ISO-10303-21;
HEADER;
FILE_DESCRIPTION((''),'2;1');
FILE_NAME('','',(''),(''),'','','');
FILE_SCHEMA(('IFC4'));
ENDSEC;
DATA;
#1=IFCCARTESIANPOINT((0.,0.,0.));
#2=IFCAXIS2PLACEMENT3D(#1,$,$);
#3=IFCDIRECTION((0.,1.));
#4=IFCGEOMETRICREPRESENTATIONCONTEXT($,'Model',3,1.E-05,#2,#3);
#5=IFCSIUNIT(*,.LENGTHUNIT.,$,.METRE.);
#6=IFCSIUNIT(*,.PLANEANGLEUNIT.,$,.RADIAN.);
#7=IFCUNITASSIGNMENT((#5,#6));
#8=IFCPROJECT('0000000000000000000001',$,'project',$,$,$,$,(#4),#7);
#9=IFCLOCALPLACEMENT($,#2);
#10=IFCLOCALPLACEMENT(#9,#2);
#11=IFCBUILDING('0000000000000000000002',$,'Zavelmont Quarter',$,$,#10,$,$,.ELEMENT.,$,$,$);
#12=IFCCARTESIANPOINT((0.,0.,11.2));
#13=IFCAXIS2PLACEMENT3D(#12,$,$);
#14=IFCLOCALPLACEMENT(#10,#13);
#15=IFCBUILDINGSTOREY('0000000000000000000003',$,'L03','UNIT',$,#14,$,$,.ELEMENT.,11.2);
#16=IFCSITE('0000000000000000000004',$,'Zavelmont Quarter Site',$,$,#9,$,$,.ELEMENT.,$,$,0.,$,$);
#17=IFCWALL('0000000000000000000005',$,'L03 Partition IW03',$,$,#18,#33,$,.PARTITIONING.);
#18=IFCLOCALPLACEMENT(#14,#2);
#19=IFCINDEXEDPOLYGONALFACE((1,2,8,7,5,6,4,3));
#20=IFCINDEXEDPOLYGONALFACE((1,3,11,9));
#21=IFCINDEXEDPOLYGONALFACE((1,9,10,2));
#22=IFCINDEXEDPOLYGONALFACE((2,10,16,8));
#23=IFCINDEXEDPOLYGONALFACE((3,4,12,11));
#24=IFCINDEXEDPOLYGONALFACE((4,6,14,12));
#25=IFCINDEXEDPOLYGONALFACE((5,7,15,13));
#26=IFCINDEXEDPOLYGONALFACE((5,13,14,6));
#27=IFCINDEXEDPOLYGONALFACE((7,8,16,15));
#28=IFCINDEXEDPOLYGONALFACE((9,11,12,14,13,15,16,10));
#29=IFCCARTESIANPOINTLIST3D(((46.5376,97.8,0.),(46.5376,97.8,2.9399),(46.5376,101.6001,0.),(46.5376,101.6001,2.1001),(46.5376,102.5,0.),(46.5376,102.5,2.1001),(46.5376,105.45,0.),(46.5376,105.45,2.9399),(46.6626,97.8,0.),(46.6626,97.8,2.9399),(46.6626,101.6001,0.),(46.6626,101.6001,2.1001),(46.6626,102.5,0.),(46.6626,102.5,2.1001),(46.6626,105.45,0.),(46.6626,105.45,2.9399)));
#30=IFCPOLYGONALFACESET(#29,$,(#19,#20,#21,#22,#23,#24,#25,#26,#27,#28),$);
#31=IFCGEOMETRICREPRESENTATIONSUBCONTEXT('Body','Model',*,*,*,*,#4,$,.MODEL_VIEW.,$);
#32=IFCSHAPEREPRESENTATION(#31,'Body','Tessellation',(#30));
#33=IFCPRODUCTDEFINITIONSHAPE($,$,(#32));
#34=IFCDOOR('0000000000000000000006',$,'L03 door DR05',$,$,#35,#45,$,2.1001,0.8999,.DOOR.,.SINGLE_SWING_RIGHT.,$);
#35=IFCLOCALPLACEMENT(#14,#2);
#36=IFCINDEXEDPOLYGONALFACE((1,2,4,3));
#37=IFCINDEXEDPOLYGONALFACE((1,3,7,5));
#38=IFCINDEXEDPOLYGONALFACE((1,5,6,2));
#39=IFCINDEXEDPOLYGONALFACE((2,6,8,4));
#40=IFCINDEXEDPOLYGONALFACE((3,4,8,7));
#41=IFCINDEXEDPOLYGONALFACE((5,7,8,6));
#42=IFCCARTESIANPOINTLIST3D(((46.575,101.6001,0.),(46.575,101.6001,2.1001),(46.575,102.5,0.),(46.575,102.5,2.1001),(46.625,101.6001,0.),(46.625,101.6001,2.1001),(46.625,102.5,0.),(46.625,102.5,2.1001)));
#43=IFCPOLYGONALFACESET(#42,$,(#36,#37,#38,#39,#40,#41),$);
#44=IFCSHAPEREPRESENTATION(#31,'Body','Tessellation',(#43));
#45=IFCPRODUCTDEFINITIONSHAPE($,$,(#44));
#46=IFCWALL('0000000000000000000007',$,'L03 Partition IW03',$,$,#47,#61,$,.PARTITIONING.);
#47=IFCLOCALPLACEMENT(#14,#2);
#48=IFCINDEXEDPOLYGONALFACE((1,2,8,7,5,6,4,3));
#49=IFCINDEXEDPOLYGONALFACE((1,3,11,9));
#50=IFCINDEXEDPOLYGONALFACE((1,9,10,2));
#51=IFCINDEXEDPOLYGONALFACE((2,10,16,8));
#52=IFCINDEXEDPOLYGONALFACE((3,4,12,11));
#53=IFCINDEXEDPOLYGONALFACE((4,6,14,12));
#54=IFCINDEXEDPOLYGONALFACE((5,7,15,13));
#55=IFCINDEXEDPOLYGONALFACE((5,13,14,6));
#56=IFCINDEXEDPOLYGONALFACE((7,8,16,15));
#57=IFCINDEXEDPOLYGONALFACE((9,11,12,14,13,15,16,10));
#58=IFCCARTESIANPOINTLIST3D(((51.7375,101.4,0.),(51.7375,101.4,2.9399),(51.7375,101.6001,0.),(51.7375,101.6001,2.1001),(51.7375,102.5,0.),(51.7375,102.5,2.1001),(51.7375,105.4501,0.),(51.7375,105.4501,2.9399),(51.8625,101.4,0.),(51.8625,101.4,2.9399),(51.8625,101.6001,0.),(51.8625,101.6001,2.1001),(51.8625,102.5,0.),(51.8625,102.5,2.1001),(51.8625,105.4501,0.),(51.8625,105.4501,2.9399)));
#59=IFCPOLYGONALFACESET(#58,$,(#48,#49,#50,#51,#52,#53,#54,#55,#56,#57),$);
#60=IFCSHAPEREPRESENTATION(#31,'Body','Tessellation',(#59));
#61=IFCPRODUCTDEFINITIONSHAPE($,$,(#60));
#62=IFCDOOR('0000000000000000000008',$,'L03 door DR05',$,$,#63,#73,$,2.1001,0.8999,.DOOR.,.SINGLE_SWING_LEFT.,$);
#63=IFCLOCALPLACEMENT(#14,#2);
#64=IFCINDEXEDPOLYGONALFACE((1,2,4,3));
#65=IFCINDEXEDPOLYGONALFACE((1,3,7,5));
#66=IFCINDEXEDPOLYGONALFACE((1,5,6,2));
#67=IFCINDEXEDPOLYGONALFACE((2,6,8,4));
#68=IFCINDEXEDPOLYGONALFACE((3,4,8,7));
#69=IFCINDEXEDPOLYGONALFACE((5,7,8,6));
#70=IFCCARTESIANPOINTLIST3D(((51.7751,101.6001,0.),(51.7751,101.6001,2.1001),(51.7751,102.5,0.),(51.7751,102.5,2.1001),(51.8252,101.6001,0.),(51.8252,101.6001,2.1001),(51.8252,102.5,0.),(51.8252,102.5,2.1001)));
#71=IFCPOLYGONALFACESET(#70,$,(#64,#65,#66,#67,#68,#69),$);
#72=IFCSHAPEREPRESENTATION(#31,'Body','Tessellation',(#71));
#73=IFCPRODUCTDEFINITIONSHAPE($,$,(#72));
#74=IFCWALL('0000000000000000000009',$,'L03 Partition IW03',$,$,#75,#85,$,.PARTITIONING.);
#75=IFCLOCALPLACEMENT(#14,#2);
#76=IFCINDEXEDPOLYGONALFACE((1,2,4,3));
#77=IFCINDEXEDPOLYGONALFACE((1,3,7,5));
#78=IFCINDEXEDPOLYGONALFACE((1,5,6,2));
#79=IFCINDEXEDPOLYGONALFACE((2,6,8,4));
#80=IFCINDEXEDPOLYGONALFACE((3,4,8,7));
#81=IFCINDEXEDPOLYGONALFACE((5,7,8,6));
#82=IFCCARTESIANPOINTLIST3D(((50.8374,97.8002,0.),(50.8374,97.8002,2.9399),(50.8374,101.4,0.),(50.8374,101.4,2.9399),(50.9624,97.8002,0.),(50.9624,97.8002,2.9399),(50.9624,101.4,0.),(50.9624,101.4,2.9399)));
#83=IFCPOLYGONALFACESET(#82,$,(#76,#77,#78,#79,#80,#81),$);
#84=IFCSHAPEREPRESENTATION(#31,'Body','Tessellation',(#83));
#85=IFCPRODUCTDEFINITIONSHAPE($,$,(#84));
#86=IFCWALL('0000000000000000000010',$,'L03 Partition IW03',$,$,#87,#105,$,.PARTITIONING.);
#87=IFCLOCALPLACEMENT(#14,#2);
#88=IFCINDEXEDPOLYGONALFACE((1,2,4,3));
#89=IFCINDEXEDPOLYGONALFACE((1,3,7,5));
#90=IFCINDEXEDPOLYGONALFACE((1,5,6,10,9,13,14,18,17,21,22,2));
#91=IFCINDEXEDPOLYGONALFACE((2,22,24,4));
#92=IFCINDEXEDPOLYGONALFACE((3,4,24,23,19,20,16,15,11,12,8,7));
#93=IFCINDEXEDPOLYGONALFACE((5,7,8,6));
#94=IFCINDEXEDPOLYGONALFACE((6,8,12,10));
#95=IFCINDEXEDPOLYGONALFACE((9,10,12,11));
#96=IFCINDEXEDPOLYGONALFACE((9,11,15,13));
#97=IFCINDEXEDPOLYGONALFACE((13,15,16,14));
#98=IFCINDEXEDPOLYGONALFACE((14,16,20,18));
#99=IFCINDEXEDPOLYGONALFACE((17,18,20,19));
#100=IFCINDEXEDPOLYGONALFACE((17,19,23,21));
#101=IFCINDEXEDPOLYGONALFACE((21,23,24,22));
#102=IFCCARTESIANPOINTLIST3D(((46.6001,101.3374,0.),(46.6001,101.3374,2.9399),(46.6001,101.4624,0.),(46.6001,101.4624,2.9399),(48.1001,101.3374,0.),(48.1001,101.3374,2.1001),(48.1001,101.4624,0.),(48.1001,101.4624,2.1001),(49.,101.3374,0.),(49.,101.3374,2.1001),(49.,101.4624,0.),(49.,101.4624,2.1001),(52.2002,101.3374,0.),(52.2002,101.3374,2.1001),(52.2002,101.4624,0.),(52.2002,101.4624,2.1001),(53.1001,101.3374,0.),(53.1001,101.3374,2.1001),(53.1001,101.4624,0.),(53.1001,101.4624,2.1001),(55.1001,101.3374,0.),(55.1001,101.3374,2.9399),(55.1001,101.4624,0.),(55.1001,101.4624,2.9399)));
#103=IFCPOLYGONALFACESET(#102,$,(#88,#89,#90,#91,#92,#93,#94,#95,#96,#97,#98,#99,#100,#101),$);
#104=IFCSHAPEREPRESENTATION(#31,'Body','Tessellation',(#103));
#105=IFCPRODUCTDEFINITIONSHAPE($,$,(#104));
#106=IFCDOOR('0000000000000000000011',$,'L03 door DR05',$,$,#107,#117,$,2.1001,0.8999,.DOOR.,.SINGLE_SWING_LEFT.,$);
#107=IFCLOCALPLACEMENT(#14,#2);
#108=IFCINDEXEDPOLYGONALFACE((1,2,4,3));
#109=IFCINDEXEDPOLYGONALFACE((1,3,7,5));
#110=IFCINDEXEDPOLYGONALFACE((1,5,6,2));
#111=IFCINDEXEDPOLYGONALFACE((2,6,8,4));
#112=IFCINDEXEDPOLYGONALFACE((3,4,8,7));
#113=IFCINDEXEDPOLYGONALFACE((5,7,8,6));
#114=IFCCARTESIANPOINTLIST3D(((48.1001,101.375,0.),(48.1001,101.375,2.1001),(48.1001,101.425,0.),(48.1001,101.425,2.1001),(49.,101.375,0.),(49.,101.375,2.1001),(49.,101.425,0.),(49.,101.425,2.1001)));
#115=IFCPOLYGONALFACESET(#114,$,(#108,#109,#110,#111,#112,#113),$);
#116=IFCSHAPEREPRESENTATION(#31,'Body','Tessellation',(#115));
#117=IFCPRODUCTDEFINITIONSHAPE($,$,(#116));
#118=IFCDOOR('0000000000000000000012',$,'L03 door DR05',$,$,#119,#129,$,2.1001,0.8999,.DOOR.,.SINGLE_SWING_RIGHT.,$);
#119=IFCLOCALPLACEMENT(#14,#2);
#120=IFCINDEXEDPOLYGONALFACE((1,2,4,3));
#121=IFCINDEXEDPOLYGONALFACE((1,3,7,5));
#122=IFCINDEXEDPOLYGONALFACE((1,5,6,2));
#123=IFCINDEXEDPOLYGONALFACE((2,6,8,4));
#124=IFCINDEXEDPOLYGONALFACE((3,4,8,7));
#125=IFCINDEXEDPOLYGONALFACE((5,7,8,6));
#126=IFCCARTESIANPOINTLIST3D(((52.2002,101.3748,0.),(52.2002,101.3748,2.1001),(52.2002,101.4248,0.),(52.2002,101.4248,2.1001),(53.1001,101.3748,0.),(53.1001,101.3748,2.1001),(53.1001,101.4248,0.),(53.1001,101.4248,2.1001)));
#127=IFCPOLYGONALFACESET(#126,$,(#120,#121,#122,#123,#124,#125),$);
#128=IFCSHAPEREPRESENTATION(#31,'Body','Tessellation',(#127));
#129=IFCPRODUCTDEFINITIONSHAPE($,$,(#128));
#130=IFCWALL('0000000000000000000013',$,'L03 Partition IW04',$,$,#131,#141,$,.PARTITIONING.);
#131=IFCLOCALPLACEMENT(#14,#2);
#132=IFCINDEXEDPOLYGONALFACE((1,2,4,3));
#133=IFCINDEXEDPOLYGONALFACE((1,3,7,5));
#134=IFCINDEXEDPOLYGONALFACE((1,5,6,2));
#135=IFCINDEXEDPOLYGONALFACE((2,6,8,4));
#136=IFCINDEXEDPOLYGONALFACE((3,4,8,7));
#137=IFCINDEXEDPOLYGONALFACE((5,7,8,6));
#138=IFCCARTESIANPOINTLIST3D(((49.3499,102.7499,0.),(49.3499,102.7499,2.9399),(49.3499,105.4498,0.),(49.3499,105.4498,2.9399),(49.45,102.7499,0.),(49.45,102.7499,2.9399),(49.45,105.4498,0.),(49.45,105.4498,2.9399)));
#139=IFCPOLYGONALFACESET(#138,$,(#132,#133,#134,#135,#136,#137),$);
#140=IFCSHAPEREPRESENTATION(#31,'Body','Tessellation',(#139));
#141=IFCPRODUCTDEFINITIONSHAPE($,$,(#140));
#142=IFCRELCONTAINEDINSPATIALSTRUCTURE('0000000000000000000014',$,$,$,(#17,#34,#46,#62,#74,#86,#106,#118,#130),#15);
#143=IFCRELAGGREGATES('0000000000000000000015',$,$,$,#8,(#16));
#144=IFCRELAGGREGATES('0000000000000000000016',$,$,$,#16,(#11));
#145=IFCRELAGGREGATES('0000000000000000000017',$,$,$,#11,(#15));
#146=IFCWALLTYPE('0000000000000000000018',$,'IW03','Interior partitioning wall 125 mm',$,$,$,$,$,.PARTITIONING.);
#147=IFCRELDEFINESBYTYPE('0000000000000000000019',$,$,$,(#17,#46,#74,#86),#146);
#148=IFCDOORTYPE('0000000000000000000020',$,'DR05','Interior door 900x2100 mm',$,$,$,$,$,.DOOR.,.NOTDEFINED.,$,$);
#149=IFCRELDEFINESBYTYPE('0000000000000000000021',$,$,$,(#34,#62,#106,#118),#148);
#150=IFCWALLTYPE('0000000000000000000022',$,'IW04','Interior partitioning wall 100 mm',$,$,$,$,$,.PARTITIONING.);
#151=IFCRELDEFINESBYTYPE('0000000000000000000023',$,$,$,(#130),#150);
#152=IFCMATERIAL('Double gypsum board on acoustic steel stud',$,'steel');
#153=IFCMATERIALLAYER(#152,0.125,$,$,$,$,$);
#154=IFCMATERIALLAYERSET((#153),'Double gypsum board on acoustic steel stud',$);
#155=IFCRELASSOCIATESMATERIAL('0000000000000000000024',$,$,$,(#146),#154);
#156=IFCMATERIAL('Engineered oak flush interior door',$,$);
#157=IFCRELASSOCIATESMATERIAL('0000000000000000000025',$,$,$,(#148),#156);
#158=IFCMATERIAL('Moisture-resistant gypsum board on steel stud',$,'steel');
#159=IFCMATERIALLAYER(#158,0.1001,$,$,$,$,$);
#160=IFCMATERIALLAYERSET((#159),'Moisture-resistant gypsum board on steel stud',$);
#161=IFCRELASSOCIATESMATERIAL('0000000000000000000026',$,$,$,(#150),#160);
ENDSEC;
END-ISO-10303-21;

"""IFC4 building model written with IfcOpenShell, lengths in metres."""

from ifc_helpers import new_model, si_unit, direction, frame, frame_2d, origin, origin_with_axes, place, context, subcontext, project, spatial, rectangle, extrude, material, layer, layer_set, type_object, element, fill, save


model = new_model("IFC4")

# Units and contexts
model_context = context("Model", 3, precision=1e-05, world=origin(), true_north=direction((0.0, 1.0)))
body_context = subcontext(model_context, "Body", "Model", "MODEL_VIEW")
ifc_project = project(units=[si_unit("LENGTHUNIT", "METRE"), si_unit("PLANEANGLEUNIT", "RADIAN")], contexts=[model_context])

# Site, building, storey
site_placement = place(None, origin())
site = spatial("IfcSite", under=ifc_project, at=site_placement, Name="Zavelmont Quarter Site", CompositionType="ELEMENT", RefElevation=0.0)
building_placement = place(site_placement, origin())
building = spatial("IfcBuilding", under=site, at=building_placement, Name="Zavelmont Quarter", CompositionType="ELEMENT")
storey_placement = place(building_placement, frame((0.0, 0.0, 11.2)))
storey = spatial("IfcBuildingStorey", under=building, at=storey_placement, Name="L03", Description="UNIT", CompositionType="ELEMENT", Elevation=11.2)

# Walls, openings, doors
ifc_material_1 = material(Name="Double gypsum board on acoustic steel stud", Category="steel")
ifc_layer_1 = layer(ifc_material_1, 0.125)
ifc_layer_set_1 = layer_set([ifc_layer_1], Name="Double gypsum board on acoustic steel stud")
wall_type_1 = type_object("IfcWallType", Name="IW03", Description="Interior partitioning wall 125 mm", PredefinedType="PARTITIONING", material=ifc_layer_set_1)
wall_1_placement = place(storey_placement, frame((46.6001, 105.45, 0.0), z_axis=(0.0, 0.0, 1.0), x_axis=(0.0, -1.0, 0.0)))
wall_1 = element("IfcWall", 1, at=wall_1_placement, inside=storey, type_object=wall_type_1, Name="L03 Partition IW03", PredefinedType="PARTITIONING", context=body_context, shape_type="SweptSolid", body=[
    extrude(rectangle(XDim=7.6499, YDim=0.125, at=frame_2d((3.825, 0.0))), origin(), (0.0, 0.0, 1.0), 2.9399),
])
opening_1_placement = place(wall_1_placement, frame((2.95, 0.0, 0.0)))
opening_1 = element("IfcOpeningElement", 2, at=opening_1_placement, cuts=wall_1, PredefinedType="OPENING", context=body_context, shape_type="SweptSolid", body=[
    extrude(rectangle(XDim=0.8999, YDim=2.1001, at=frame_2d((0.45, 1.05))), frame((0.0, 0.0745, 0.0), z_axis=(0.0, -1.0, 0.0), x_axis=(1.0, 0.0, 0.0)), (0.0, 0.0, 1.0), 0.1489),
])
ifc_material_2 = material(Name="Engineered oak flush interior door")
door_type_1 = type_object("IfcDoorType", Name="DR05", Description="Interior door 900x2100 mm", OperationType="NOTDEFINED", PredefinedType="DOOR", material=ifc_material_2)
door_1_placement = place(opening_1_placement, origin_with_axes())
door_1 = element("IfcDoor", 3, at=door_1_placement, inside=storey, type_object=door_type_1, Name="L03 door DR05", OperationType="SINGLE_SWING_RIGHT", OverallHeight=2.1001, OverallWidth=0.8999, PredefinedType="DOOR", context=body_context, shape_type="SweptSolid", body=[
    extrude(rectangle(XDim=0.8999, YDim=2.1001, at=frame_2d((0.45, 1.05))), frame((0.0, 0.0249, 0.0), z_axis=(0.0, -1.0, 0.0), x_axis=(1.0, 0.0, 0.0)), (0.0, 0.0, 1.0), 0.05),
])
fill(opening_1, door_1)
wall_2_placement = place(storey_placement, frame((51.8, 105.45, 0.0), z_axis=(0.0, 0.0, 1.0), x_axis=(0.0, -1.0, 0.0)))
wall_2 = element("IfcWall", 4, at=wall_2_placement, inside=storey, type_object=wall_type_1, Name="L03 Partition IW03", PredefinedType="PARTITIONING", context=body_context, shape_type="SweptSolid", body=[
    extrude(rectangle(XDim=4.05, YDim=0.125, at=frame_2d((2.0249, 0.0))), origin(), (0.0, 0.0, 1.0), 2.9399),
])
opening_2_placement = place(wall_2_placement, frame((2.95, 0.0, 0.0)))
opening_2 = element("IfcOpeningElement", 5, at=opening_2_placement, cuts=wall_2, PredefinedType="OPENING", context=body_context, shape_type="SweptSolid", body=[
    extrude(rectangle(XDim=0.8999, YDim=2.1001, at=frame_2d((0.45, 1.05))), frame((0.0, 0.0745, 0.0), z_axis=(0.0, -1.0, 0.0), x_axis=(1.0, 0.0, 0.0)), (0.0, 0.0, 1.0), 0.1489),
])
door_2_placement = place(opening_2_placement, frame((0.8999, 0.0, 0.0), z_axis=(0.0, 0.0, 1.0), x_axis=(-1.0, 0.0, 0.0)))
door_2 = element("IfcDoor", 6, at=door_2_placement, inside=storey, type_object=door_type_1, Name="L03 door DR05", OperationType="SINGLE_SWING_LEFT", OverallHeight=2.1001, OverallWidth=0.8999, PredefinedType="DOOR", context=body_context, shape_type="SweptSolid", body=[
    extrude(rectangle(XDim=0.8999, YDim=2.1001, at=frame_2d((0.45, 1.05))), frame((0.0, 0.0249, 0.0), z_axis=(0.0, -1.0, 0.0), x_axis=(1.0, 0.0, 0.0)), (0.0, 0.0, 1.0), 0.05),
])
fill(opening_2, door_2)

# Wall
wall_3_placement = place(storey_placement, frame((50.8999, 101.3999, 0.0), z_axis=(0.0, 0.0, 1.0), x_axis=(0.0, -1.0, 0.0)))
element("IfcWall", 7, at=wall_3_placement, inside=storey, type_object=wall_type_1, Name="L03 Partition IW03", PredefinedType="PARTITIONING", context=body_context, shape_type="SweptSolid", body=[
    extrude(rectangle(XDim=3.5999, YDim=0.125, at=frame_2d((1.7998, 0.0))), origin(), (0.0, 0.0, 1.0), 2.9399),
])

# Wall, openings, doors
wall_4_placement = place(storey_placement, frame((46.6001, 101.3999, 0.0), z_axis=(0.0, 0.0, 1.0), x_axis=(1.0, 0.0, 0.0)))
wall_4 = element("IfcWall", 8, at=wall_4_placement, inside=storey, type_object=wall_type_1, Name="L03 Partition IW03", PredefinedType="PARTITIONING", context=body_context, shape_type="SweptSolid", body=[
    extrude(rectangle(XDim=8.5, YDim=0.125, at=frame_2d((4.25, 0.0))), origin(), (0.0, 0.0, 1.0), 2.9399),
])
opening_3_placement = place(wall_4_placement, frame((1.5, 0.0, 0.0)))
opening_3 = element("IfcOpeningElement", 9, at=opening_3_placement, cuts=wall_4, PredefinedType="OPENING", context=body_context, shape_type="SweptSolid", body=[
    extrude(rectangle(XDim=0.8999, YDim=2.1001, at=frame_2d((0.45, 1.05))), frame((0.0, 0.0745, 0.0), z_axis=(0.0, -1.0, 0.0), x_axis=(1.0, 0.0, 0.0)), (0.0, 0.0, 1.0), 0.1489),
])
opening_4_placement = place(wall_4_placement, frame((5.6001, 0.0, 0.0)))
opening_4 = element("IfcOpeningElement", 10, at=opening_4_placement, cuts=wall_4, PredefinedType="OPENING", context=body_context, shape_type="SweptSolid", body=[
    extrude(rectangle(XDim=0.8999, YDim=2.1001, at=frame_2d((0.45, 1.05))), frame((0.0, 0.0745, 0.0), z_axis=(0.0, -1.0, 0.0), x_axis=(1.0, 0.0, 0.0)), (0.0, 0.0, 1.0), 0.1489),
])
door_3_placement = place(opening_3_placement, frame((0.8999, 0.0, 0.0), z_axis=(0.0, 0.0, 1.0), x_axis=(-1.0, 0.0, 0.0)))
door_3 = element("IfcDoor", 11, at=door_3_placement, inside=storey, type_object=door_type_1, Name="L03 door DR05", OperationType="SINGLE_SWING_LEFT", OverallHeight=2.1001, OverallWidth=0.8999, PredefinedType="DOOR", context=body_context, shape_type="SweptSolid", body=[
    extrude(rectangle(XDim=0.8999, YDim=2.1001, at=frame_2d((0.45, 1.05))), frame((0.0, 0.0249, 0.0), z_axis=(0.0, -1.0, 0.0), x_axis=(1.0, 0.0, 0.0)), (0.0, 0.0, 1.0), 0.05),
])
fill(opening_3, door_3)
door_4_placement = place(opening_4_placement, origin_with_axes())
door_4 = element("IfcDoor", 12, at=door_4_placement, inside=storey, type_object=door_type_1, Name="L03 door DR05", OperationType="SINGLE_SWING_RIGHT", OverallHeight=2.1001, OverallWidth=0.8999, PredefinedType="DOOR", context=body_context, shape_type="SweptSolid", body=[
    extrude(rectangle(XDim=0.8999, YDim=2.1001, at=frame_2d((0.45, 1.05))), frame((0.0, 0.0249, 0.0), z_axis=(0.0, -1.0, 0.0), x_axis=(1.0, 0.0, 0.0)), (0.0, 0.0, 1.0), 0.05),
])
fill(opening_4, door_4)

# Wall
ifc_material_3 = material(Name="Moisture-resistant gypsum board on steel stud", Category="steel")
ifc_layer_2 = layer(ifc_material_3, 0.1001)
ifc_layer_set_2 = layer_set([ifc_layer_2], Name="Moisture-resistant gypsum board on steel stud")
wall_type_2 = type_object("IfcWallType", Name="IW04", Description="Interior partitioning wall 100 mm", PredefinedType="PARTITIONING", material=ifc_layer_set_2)
wall_5_placement = place(storey_placement, frame((49.3999, 105.45, 0.0), z_axis=(0.0, 0.0, 1.0), x_axis=(0.0, -1.0, 0.0)))
element("IfcWall", 13, at=wall_5_placement, inside=storey, type_object=wall_type_2, Name="L03 Partition IW04", PredefinedType="PARTITIONING", context=body_context, shape_type="SweptSolid", body=[
    extrude(rectangle(XDim=2.7, YDim=0.1001, at=frame_2d((1.3501, 0.0))), origin(), (0.0, 0.0, 1.0), 2.9399),
])

save(model, "model.ifc")
